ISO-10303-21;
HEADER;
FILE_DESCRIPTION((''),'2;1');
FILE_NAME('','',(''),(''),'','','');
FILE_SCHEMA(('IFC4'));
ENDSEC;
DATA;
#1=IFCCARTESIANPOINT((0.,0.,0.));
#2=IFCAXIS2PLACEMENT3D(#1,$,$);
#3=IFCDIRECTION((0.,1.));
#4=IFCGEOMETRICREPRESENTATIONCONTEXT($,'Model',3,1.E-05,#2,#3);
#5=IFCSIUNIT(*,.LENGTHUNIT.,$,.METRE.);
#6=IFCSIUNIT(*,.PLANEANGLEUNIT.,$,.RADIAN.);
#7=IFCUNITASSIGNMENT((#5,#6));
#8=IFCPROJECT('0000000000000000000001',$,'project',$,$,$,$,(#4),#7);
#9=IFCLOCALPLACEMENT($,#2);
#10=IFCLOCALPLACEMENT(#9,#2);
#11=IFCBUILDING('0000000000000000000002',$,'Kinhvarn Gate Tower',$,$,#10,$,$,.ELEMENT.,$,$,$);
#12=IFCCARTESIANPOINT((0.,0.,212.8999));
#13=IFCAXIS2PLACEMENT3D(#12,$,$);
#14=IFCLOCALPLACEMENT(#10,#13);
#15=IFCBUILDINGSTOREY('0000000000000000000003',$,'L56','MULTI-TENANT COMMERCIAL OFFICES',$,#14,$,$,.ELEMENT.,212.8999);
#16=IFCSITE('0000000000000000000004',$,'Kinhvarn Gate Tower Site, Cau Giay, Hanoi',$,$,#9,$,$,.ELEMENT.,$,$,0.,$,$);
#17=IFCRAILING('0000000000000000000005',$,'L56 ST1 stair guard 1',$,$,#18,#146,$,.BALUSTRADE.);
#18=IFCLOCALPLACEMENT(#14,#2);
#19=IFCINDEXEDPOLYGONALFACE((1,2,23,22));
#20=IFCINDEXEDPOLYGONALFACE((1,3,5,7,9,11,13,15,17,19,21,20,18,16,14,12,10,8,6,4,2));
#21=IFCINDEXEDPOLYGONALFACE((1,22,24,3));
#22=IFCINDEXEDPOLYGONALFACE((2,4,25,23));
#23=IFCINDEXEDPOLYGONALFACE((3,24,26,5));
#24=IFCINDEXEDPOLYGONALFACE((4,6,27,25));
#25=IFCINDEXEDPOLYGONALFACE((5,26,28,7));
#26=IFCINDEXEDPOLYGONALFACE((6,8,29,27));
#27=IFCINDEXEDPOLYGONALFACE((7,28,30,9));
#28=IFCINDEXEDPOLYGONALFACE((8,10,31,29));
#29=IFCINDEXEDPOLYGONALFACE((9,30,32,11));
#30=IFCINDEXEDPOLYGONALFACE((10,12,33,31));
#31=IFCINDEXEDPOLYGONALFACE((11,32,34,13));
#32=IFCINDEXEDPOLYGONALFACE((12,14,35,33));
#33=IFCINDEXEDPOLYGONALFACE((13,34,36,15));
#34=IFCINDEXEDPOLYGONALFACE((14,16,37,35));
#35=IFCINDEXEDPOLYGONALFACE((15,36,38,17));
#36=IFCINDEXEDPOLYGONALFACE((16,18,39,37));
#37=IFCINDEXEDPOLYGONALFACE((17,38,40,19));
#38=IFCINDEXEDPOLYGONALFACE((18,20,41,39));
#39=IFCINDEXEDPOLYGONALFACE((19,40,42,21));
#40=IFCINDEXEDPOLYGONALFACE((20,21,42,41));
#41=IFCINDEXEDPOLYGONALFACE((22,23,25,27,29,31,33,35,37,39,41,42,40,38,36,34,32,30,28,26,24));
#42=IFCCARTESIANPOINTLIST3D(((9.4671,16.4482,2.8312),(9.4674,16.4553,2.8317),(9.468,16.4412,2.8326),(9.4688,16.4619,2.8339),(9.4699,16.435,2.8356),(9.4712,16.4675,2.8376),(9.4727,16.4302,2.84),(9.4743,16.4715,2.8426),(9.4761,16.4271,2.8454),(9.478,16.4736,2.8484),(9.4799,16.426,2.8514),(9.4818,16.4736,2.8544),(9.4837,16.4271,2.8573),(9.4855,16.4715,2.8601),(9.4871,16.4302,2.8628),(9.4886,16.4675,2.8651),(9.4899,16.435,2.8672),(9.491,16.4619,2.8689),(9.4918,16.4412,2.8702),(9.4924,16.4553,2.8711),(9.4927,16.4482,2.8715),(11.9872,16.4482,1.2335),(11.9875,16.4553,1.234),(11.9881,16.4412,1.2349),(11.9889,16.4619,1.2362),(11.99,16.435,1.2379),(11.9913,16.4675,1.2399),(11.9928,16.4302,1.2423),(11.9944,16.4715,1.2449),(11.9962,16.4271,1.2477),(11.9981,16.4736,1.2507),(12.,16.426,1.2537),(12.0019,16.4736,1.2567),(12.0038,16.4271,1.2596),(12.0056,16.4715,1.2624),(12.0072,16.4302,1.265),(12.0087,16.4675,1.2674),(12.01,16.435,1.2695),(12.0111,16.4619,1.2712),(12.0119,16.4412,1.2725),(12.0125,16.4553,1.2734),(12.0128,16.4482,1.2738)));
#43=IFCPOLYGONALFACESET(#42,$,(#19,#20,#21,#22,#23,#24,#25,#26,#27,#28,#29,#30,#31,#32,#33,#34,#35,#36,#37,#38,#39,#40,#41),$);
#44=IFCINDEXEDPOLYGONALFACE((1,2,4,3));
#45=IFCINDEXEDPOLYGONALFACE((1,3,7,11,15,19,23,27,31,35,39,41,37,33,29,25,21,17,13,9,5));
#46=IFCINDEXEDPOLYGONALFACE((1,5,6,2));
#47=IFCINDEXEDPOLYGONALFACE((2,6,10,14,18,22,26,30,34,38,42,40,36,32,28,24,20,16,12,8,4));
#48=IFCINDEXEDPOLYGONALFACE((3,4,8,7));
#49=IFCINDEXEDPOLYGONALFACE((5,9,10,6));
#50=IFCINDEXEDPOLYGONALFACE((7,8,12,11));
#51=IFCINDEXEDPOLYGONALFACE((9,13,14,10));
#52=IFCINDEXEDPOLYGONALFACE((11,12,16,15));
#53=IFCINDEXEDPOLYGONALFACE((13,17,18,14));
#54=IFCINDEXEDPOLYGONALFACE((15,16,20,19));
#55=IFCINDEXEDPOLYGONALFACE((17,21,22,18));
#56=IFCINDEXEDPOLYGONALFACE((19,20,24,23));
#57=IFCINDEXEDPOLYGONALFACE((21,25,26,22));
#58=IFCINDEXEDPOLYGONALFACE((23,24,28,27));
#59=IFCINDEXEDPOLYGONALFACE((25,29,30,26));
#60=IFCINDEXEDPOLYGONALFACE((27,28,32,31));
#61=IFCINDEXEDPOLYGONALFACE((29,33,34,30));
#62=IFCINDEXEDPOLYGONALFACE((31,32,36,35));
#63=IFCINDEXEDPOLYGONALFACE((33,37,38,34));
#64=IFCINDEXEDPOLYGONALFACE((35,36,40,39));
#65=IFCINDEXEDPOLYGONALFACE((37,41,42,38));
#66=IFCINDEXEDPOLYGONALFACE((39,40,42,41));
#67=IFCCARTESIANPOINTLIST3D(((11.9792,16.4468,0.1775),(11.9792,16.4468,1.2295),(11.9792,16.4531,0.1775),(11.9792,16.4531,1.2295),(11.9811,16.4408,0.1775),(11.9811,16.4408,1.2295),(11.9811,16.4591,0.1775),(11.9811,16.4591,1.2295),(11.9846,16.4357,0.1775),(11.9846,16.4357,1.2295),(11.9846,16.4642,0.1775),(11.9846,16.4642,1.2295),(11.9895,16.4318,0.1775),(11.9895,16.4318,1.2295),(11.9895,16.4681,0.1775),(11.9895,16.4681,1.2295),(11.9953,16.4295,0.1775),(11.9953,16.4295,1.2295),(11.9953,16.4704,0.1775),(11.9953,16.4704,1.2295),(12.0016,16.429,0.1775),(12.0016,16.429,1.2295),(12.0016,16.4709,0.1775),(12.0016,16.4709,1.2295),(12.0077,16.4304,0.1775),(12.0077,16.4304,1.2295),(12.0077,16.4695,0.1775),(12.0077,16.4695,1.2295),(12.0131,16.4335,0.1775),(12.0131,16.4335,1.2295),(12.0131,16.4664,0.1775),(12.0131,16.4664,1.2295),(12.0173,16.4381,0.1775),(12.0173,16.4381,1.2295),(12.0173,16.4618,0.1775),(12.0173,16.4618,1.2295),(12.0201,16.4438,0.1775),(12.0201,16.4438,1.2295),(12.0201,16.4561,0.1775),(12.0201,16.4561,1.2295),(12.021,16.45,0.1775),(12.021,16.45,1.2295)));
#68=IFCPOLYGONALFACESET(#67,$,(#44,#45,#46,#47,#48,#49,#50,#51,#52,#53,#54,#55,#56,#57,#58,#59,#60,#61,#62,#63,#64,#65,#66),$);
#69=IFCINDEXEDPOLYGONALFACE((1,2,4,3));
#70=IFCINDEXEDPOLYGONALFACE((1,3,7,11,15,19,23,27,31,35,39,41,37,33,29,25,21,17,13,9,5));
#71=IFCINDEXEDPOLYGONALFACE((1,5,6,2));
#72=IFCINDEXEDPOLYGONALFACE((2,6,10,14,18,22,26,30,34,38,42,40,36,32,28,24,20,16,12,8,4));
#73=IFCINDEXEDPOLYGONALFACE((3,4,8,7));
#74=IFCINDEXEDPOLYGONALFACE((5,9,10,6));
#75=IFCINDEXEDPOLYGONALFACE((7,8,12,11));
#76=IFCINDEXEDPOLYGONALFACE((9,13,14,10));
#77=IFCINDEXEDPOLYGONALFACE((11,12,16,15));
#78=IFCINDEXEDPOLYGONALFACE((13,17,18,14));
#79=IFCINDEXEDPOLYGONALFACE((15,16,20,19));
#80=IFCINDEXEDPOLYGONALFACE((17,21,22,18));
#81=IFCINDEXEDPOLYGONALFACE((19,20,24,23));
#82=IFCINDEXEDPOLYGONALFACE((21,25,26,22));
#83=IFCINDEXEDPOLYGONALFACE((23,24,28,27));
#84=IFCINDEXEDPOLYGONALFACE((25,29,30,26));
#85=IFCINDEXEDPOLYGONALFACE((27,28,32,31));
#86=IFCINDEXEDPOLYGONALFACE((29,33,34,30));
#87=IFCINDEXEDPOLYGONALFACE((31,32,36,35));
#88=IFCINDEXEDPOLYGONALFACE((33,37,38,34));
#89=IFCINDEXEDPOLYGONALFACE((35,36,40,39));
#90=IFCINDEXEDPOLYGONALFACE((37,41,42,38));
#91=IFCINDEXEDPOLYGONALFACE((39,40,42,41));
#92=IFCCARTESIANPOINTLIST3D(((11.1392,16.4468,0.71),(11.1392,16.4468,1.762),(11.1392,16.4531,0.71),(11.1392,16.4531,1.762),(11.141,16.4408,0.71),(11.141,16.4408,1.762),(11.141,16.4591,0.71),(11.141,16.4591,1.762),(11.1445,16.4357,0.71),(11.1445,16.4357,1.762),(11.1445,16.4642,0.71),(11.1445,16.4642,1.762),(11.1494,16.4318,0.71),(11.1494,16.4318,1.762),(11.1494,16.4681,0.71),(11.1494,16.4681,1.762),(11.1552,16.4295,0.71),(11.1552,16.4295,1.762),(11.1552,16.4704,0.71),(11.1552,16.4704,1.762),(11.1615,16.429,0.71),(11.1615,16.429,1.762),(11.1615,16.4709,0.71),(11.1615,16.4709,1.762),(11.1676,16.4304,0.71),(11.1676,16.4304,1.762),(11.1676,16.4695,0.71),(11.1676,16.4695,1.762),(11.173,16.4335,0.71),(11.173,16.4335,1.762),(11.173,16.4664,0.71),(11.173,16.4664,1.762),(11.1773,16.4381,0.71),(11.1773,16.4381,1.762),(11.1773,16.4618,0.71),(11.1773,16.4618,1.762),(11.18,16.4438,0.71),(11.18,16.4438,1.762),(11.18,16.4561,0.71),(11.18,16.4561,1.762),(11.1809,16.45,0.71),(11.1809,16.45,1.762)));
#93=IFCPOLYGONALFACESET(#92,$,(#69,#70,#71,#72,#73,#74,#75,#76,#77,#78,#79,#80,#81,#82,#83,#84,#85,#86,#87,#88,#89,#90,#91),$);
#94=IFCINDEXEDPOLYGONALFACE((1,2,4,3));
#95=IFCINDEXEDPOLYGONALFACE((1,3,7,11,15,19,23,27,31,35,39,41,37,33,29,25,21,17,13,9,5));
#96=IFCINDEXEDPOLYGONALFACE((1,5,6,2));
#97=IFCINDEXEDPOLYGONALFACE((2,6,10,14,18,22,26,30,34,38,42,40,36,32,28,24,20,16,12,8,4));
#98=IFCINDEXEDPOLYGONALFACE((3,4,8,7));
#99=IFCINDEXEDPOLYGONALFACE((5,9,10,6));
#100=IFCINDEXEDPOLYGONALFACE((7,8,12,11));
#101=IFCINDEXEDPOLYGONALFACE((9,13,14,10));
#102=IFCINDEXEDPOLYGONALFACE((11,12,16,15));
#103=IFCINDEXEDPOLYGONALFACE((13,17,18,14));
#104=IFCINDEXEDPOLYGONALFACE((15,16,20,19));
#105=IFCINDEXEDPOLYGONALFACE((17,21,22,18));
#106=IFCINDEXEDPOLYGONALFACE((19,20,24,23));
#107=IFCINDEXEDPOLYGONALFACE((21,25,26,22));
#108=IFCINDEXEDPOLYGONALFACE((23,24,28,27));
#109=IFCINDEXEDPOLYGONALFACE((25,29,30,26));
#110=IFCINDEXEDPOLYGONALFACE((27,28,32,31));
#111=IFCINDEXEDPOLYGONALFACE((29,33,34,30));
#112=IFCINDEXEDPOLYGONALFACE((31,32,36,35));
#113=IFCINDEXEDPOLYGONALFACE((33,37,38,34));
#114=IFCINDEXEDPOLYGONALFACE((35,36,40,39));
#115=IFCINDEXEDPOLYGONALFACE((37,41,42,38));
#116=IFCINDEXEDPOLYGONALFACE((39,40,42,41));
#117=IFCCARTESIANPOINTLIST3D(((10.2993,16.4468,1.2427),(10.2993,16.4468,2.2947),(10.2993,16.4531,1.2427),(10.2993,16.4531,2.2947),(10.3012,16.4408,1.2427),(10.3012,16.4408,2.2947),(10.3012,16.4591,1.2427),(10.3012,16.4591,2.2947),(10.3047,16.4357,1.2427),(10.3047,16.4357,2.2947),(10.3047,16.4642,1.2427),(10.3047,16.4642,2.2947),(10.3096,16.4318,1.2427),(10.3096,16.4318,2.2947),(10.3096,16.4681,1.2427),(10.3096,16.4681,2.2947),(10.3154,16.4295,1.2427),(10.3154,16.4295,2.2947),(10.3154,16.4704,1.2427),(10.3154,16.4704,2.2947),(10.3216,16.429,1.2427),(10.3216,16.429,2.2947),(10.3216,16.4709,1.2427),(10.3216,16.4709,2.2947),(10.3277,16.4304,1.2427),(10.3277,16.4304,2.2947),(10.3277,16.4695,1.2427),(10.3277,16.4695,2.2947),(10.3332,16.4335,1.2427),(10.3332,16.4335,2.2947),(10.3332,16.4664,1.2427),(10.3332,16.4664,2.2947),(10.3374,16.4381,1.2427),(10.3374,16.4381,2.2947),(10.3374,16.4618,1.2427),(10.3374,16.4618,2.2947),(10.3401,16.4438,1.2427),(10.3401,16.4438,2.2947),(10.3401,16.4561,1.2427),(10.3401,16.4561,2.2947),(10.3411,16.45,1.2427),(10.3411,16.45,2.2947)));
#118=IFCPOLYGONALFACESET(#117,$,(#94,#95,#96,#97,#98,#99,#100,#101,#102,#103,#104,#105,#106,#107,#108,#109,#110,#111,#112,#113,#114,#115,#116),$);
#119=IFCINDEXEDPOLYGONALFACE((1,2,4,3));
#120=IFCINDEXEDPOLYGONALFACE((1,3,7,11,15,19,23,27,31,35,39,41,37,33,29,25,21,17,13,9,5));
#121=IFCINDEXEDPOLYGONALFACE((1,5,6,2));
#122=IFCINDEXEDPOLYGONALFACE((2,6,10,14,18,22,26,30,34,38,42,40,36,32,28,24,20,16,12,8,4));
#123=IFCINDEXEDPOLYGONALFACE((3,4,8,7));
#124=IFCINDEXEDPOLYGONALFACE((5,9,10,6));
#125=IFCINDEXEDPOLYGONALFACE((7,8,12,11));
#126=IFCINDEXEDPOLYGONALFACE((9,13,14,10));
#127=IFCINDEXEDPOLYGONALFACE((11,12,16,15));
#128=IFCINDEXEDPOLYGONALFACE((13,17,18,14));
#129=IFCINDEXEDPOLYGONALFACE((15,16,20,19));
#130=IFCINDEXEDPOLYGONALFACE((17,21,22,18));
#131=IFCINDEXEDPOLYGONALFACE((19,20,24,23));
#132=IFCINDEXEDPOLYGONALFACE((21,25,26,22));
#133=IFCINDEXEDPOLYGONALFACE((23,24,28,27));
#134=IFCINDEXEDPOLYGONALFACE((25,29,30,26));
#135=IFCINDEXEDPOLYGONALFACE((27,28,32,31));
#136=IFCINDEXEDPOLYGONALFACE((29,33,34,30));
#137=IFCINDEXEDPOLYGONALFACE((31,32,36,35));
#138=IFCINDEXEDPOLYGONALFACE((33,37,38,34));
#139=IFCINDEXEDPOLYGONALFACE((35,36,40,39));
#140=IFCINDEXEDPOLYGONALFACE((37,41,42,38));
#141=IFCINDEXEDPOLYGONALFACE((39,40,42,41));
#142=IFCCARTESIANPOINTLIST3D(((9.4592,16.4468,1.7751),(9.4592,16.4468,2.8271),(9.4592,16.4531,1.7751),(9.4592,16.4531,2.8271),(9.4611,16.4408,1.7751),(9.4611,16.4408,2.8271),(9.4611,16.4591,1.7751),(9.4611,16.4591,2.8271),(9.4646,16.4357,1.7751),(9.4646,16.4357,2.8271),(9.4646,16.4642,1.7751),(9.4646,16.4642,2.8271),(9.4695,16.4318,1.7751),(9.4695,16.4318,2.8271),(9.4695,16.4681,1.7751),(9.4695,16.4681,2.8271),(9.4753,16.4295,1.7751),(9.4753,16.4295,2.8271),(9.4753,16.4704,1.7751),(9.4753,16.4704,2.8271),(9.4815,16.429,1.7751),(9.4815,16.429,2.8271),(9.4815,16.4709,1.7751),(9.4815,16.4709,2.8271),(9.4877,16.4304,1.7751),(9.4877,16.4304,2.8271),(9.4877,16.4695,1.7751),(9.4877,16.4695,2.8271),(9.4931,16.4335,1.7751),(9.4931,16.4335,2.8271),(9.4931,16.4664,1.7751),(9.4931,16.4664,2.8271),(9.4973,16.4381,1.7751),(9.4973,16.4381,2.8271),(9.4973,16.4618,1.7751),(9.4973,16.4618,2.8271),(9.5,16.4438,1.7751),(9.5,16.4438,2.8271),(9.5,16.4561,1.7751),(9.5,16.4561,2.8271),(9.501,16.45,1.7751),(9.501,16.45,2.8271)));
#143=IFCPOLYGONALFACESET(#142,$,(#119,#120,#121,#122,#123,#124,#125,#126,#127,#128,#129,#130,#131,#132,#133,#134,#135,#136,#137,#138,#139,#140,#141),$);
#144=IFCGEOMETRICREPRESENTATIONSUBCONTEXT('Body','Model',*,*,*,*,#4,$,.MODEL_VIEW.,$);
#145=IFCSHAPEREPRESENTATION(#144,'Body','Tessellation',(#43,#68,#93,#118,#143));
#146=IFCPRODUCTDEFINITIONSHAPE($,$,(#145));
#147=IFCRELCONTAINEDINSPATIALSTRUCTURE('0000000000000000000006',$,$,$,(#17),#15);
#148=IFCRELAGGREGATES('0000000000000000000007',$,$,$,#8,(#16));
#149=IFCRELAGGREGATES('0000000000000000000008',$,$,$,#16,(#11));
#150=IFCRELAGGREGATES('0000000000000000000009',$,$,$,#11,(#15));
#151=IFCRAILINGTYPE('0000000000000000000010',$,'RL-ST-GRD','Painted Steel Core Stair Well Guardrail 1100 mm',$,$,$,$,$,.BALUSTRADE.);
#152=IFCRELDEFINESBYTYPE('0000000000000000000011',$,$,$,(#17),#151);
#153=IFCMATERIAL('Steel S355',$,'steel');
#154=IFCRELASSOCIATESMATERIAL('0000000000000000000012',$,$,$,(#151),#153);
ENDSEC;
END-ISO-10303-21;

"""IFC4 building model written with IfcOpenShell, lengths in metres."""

from ifc_helpers import new_model, si_unit, direction, frame, origin, origin_2d, place, context, subcontext, project, spatial, circle, extrude, material, type_object, element, save


model = new_model("IFC4")

# Units and contexts
model_context = context("Model", 3, precision=1e-05, world=origin(), true_north=direction((0.0, 1.0)))
body_context = subcontext(model_context, "Body", "Model", "MODEL_VIEW")
ifc_project = project(units=[si_unit("LENGTHUNIT", "METRE"), si_unit("PLANEANGLEUNIT", "RADIAN")], contexts=[model_context])

# Site, building, storey
site_placement = place(None, origin())
site = spatial("IfcSite", under=ifc_project, at=site_placement, Name="Kinhvarn Gate Tower Site, Cau Giay, Hanoi", CompositionType="ELEMENT", RefElevation=0.0)
building_placement = place(site_placement, origin())
building = spatial("IfcBuilding", under=site, at=building_placement, Name="Kinhvarn Gate Tower", CompositionType="ELEMENT")
storey_placement = place(building_placement, frame((0.0, 0.0, 212.8999)))
storey = spatial("IfcBuildingStorey", under=building, at=storey_placement, Name="L56", Description="MULTI-TENANT COMMERCIAL OFFICES", CompositionType="ELEMENT", Elevation=212.8999)

# Shared definitions
ifc_material_1 = material(Name="Steel S355", Category="steel")

# Railing
railing_type_1 = type_object("IfcRailingType", Name="RL-ST-GRD", Description="Painted Steel Core Stair Well Guardrail 1100 mm", PredefinedType="BALUSTRADE", material=ifc_material_1)
railing_1_placement = place(storey_placement, frame((12.0, 16.45, 0.1775)))
element("IfcRailing", 1, at=railing_1_placement, inside=storey, type_object=railing_type_1, Name="L56 ST1 stair guard 1", PredefinedType="BALUSTRADE", context=body_context, shape_type="SweptSolid", body=[
    extrude(circle(Radius=0.0239, at=origin_2d()), frame((0.0, 0.0, 1.0762), z_axis=(-0.84457, 0.0, 0.535445), x_axis=(0.0, -1.0, 0.0)), (0.0, 0.0, 1.0), 2.9839),
    extrude(circle(Radius=0.021, at=origin_2d()), origin(), (0.0, 0.0, 1.0), 1.052),
    extrude(circle(Radius=0.021, at=origin_2d()), frame((-0.8401, 0.0, 0.5325)), (0.0, 0.0, 1.0), 1.052),
    extrude(circle(Radius=0.021, at=origin_2d()), frame((-1.6799, 0.0, 1.0652)), (0.0, 0.0, 1.0), 1.052),
    extrude(circle(Radius=0.021, at=origin_2d()), frame((-2.52, 0.0, 1.5977)), (0.0, 0.0, 1.0), 1.052),
])

save(model, "model.ifc")
